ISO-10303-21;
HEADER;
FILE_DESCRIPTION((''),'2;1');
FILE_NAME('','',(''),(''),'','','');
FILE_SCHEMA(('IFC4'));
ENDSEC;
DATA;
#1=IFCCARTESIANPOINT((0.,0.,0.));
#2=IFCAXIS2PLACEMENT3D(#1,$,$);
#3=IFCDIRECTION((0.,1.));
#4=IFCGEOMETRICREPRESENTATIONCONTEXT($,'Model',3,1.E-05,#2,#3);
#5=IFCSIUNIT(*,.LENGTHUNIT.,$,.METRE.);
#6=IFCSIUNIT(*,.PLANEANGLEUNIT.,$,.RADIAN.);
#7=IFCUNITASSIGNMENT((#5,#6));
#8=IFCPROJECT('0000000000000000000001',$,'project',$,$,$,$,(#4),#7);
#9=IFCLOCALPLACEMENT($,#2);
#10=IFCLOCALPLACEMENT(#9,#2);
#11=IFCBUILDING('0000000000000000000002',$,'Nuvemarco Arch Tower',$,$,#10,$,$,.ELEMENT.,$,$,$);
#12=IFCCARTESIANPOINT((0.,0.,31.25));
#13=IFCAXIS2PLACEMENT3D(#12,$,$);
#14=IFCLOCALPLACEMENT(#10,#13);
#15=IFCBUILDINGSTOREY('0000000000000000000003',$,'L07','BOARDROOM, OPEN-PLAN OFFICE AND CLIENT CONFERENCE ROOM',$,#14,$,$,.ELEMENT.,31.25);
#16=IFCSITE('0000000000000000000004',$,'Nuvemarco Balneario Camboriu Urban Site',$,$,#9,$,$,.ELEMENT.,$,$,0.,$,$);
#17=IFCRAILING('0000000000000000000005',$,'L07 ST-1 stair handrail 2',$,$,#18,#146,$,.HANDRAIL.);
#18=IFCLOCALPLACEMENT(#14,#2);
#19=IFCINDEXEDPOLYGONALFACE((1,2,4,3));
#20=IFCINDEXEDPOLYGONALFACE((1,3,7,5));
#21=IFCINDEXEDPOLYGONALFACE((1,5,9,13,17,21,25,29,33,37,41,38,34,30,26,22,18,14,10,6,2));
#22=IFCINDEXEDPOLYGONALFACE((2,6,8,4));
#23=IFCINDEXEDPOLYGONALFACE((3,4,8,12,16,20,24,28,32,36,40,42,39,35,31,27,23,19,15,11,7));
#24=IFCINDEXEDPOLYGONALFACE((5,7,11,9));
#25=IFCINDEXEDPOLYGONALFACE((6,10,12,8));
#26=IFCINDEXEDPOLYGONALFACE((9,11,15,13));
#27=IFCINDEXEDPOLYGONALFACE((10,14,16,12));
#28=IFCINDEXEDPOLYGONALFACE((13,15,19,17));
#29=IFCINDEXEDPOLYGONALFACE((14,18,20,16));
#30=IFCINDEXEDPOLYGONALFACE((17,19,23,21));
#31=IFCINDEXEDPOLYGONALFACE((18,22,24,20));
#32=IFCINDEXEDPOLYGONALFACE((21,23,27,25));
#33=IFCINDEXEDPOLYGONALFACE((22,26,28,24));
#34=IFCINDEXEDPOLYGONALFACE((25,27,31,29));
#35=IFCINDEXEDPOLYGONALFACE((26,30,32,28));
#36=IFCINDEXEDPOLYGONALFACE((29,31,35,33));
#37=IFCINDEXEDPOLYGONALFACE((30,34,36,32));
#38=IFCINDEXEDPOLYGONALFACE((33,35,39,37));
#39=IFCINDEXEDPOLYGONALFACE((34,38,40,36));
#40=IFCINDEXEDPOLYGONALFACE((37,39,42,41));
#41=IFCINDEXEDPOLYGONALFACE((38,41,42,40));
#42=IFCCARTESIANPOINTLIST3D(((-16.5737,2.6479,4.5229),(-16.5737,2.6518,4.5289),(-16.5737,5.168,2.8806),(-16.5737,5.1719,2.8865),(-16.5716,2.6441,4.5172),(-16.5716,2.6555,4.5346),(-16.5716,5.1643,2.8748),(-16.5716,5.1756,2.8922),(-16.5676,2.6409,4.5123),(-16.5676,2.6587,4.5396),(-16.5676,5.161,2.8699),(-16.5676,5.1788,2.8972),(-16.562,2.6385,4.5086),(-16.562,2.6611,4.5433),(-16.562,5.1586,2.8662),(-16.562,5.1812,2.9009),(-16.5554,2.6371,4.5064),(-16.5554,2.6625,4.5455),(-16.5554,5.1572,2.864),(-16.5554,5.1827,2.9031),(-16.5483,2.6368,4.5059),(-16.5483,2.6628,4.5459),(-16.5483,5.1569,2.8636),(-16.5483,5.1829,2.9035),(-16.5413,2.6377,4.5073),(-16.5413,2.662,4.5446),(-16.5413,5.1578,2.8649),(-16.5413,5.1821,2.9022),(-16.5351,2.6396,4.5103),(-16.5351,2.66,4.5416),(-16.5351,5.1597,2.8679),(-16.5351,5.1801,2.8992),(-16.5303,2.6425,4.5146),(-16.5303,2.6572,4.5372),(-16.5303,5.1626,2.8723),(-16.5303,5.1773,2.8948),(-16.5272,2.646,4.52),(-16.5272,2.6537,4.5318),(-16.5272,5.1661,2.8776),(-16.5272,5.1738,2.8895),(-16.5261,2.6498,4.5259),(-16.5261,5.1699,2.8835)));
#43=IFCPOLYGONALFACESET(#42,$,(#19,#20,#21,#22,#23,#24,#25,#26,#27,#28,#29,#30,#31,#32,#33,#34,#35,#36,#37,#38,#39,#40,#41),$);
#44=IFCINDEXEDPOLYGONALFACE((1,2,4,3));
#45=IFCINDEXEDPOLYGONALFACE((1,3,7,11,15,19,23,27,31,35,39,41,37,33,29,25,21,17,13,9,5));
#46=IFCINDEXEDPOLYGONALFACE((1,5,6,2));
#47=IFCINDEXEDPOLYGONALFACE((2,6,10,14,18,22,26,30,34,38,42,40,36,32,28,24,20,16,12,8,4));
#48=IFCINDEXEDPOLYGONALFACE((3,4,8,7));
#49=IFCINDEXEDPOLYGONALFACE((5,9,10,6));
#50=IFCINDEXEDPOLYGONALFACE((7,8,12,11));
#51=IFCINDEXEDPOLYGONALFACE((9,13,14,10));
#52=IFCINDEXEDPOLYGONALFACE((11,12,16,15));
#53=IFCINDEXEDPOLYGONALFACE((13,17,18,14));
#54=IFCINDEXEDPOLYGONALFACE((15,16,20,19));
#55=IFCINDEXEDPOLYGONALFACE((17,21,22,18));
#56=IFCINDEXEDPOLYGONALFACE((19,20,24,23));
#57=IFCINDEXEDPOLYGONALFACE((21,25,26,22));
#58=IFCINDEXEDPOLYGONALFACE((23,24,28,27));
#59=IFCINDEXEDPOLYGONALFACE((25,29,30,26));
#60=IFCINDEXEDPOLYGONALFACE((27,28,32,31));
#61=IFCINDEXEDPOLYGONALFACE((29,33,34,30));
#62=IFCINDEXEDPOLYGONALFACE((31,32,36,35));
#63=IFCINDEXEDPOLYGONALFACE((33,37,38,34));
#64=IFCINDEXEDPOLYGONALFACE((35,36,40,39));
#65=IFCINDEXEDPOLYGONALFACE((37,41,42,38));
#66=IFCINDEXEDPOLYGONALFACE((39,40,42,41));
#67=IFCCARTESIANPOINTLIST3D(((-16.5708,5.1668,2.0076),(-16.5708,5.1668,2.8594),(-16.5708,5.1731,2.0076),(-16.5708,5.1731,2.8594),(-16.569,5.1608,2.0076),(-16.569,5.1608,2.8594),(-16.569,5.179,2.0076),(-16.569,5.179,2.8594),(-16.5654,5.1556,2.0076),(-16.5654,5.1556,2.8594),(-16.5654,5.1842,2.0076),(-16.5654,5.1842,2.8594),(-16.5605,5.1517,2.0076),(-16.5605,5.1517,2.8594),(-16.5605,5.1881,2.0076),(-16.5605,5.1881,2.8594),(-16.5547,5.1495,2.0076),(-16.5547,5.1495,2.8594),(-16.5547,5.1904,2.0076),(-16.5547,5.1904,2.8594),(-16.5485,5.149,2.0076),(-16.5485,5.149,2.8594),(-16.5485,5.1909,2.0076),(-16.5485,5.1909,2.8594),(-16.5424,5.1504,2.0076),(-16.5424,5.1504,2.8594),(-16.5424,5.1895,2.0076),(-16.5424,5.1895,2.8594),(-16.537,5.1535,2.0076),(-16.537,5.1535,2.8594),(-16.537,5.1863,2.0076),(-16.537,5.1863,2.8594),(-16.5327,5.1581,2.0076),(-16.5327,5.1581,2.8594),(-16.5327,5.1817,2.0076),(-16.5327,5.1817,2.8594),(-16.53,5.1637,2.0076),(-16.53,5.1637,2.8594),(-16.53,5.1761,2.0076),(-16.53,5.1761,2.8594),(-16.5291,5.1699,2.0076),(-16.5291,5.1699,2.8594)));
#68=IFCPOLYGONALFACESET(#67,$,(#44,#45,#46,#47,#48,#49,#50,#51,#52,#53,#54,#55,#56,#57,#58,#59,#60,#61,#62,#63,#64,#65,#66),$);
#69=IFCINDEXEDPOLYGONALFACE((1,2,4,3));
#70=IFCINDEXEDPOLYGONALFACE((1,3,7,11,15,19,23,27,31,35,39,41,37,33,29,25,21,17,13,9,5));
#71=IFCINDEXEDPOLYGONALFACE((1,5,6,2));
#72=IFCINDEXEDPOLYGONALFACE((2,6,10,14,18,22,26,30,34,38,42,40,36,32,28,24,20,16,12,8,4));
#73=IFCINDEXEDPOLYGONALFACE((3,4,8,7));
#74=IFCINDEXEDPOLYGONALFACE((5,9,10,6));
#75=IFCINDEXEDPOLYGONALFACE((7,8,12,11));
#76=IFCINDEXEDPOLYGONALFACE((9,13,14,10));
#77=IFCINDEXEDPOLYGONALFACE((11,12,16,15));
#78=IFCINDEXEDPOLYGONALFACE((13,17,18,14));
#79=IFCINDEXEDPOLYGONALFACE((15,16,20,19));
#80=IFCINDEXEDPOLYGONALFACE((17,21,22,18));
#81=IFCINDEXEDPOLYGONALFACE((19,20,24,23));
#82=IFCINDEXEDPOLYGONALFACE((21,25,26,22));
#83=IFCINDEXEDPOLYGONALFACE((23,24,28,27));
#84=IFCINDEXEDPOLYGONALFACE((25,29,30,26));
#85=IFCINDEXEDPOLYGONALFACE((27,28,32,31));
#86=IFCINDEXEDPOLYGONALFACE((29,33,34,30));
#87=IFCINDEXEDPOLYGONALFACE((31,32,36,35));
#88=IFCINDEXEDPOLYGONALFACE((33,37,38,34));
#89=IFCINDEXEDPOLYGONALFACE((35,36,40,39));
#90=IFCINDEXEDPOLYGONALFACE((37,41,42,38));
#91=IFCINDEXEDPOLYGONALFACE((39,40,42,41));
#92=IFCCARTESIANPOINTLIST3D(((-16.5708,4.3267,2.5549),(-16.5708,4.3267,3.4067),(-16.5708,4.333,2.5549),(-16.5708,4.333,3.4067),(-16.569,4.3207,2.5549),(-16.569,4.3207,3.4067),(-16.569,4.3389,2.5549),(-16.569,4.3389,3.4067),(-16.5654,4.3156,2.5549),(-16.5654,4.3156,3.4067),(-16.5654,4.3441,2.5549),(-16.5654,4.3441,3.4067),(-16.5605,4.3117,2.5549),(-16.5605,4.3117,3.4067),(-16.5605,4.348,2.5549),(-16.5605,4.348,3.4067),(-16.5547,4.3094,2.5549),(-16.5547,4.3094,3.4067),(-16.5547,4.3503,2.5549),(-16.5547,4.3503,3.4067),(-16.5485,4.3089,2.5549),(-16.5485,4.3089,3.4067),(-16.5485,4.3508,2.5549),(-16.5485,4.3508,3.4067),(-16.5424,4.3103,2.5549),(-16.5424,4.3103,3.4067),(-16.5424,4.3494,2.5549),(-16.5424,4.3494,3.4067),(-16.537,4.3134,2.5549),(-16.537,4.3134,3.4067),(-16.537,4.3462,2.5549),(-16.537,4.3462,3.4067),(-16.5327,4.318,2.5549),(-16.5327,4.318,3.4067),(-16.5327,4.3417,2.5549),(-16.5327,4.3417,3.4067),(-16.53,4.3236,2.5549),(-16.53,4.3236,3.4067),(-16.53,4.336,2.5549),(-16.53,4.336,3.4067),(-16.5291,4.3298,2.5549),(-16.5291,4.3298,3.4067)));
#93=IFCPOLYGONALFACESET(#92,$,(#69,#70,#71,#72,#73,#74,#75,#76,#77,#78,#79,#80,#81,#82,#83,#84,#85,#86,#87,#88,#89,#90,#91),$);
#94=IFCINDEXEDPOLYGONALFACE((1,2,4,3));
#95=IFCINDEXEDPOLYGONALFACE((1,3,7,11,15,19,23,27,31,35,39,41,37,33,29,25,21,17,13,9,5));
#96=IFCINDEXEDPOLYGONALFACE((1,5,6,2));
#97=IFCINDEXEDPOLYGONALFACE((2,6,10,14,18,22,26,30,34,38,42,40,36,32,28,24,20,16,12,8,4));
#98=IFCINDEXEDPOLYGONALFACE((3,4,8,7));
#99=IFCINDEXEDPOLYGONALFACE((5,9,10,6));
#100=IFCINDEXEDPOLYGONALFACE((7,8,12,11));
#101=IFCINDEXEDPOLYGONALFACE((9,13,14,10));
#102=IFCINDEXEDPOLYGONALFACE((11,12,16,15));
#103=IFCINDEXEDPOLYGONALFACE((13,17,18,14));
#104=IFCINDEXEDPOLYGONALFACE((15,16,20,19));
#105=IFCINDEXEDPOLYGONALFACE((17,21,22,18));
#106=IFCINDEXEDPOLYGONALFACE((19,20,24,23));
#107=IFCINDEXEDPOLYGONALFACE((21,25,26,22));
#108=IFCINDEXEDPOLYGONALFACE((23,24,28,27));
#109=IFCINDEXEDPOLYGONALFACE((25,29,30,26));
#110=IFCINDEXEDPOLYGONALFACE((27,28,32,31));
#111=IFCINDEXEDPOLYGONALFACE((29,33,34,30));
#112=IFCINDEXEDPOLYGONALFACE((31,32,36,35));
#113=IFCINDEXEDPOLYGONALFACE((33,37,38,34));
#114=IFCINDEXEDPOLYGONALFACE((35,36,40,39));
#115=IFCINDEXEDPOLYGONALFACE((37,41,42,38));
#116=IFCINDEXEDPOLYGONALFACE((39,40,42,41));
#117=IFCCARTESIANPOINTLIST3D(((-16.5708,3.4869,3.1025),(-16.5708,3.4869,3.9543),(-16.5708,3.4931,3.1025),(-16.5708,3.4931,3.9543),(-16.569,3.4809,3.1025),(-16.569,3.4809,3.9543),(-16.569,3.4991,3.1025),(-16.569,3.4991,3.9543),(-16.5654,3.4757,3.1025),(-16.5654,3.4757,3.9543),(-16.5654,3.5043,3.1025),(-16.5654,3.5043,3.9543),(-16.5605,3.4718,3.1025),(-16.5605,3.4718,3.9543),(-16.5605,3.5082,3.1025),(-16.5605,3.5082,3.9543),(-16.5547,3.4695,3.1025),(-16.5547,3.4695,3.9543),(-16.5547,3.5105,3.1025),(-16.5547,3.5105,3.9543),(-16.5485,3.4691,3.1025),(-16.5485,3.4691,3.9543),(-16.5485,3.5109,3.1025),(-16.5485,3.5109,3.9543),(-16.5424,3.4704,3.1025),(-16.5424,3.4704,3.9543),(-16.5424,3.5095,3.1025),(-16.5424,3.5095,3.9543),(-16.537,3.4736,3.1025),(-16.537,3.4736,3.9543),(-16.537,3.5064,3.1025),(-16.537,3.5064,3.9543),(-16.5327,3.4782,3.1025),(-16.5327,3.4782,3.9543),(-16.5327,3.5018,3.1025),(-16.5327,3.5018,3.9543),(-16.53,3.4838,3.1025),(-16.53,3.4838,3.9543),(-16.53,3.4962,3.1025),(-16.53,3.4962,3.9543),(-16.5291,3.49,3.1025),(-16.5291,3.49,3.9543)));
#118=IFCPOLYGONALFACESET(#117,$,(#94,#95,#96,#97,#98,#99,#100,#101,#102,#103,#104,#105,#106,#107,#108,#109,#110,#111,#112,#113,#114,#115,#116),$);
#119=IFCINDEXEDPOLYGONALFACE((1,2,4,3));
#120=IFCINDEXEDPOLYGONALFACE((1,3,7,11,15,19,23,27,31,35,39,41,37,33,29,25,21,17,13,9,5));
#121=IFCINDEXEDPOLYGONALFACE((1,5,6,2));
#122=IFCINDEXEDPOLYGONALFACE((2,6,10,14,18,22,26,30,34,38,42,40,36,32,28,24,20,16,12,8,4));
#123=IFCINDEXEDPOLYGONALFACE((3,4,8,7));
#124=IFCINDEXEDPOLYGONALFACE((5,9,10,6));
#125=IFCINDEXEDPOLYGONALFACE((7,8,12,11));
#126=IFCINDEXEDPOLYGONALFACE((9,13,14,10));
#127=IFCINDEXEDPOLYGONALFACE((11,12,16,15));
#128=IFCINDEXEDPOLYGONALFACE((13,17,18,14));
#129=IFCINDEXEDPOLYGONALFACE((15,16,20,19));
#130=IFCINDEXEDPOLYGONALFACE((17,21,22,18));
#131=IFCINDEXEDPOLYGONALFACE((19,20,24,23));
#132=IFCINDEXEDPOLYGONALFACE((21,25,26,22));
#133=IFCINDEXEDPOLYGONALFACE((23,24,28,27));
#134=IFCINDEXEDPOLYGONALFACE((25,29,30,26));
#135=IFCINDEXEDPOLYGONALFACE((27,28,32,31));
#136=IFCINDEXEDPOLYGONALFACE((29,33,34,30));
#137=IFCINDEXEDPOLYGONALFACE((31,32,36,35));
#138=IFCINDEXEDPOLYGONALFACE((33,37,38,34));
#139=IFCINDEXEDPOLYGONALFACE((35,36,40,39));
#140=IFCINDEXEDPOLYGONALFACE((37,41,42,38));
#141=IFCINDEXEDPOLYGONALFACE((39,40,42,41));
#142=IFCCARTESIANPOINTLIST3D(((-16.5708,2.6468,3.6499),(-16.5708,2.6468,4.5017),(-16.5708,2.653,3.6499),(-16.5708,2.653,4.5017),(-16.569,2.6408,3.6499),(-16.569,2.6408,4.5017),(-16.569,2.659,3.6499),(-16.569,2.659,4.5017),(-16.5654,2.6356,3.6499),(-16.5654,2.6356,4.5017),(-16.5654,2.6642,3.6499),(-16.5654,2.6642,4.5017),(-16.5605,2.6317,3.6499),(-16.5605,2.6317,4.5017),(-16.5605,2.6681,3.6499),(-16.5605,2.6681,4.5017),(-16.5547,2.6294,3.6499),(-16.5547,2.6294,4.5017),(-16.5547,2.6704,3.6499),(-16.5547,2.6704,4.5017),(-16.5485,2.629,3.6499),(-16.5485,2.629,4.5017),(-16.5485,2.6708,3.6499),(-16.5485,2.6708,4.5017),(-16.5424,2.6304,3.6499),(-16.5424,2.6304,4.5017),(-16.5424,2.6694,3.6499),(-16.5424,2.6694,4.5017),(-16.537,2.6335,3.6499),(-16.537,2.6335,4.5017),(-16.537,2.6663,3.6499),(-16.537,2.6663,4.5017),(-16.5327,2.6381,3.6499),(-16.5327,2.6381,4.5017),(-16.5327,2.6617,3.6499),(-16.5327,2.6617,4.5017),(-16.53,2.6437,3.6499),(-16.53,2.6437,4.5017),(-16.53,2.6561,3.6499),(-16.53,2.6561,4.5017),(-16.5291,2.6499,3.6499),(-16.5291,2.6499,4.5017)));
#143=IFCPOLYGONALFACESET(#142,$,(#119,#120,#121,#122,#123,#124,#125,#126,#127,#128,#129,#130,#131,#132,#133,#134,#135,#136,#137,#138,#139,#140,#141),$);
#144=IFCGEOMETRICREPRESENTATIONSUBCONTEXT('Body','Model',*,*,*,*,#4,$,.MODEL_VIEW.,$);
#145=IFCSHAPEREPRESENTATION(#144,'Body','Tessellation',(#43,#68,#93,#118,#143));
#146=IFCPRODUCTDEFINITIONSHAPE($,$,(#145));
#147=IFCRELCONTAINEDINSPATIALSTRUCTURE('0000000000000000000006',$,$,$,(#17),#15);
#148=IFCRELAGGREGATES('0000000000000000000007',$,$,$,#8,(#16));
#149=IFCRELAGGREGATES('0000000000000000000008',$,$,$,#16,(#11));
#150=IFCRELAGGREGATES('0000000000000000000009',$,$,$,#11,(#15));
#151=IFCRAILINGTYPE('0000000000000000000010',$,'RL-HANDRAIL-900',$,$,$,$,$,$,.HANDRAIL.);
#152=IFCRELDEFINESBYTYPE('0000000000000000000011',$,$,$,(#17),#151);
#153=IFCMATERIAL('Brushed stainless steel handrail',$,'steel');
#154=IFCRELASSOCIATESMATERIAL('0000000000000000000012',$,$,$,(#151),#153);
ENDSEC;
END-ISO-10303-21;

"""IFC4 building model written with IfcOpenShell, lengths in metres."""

from ifc_helpers import new_model, si_unit, direction, frame, origin, origin_2d, place, context, subcontext, project, spatial, circle, extrude, material, type_object, element, save


model = new_model("IFC4")

# Units and contexts
model_context = context("Model", 3, precision=1e-05, world=origin(), true_north=direction((0.0, 1.0)))
body_context = subcontext(model_context, "Body", "Model", "MODEL_VIEW")
ifc_project = project(units=[si_unit("LENGTHUNIT", "METRE"), si_unit("PLANEANGLEUNIT", "RADIAN")], contexts=[model_context])

# Site, building, storey
site_placement = place(None, origin())
site = spatial("IfcSite", under=ifc_project, at=site_placement, Name="Nuvemarco Balneario Camboriu Urban Site", CompositionType="ELEMENT", RefElevation=0.0)
building_placement = place(site_placement, origin())
building = spatial("IfcBuilding", under=site, at=building_placement, Name="Nuvemarco Arch Tower", CompositionType="ELEMENT")
storey_placement = place(building_placement, frame((0.0, 0.0, 31.25)))
storey = spatial("IfcBuildingStorey", under=building, at=storey_placement, Name="L07", Description="BOARDROOM, OPEN-PLAN OFFICE AND CLIENT CONFERENCE ROOM", CompositionType="ELEMENT", Elevation=31.25)

# Railing
ifc_material_1 = material(Name="Brushed stainless steel handrail", Category="steel")
railing_type_1 = type_object("IfcRailingType", Name="RL-HANDRAIL-900", PredefinedType="HANDRAIL", material=ifc_material_1)
railing_1_placement = place(storey_placement, frame((-16.55, 5.1699, 2.0076)))
element("IfcRailing", 1, at=railing_1_placement, inside=storey, type_object=railing_type_1, Name="L07 ST-1 stair handrail 2", PredefinedType="HANDRAIL", context=body_context, shape_type="SweptSolid", body=[
    extrude(circle(Radius=0.0239, at=origin_2d()), frame((0.0, 0.0, 0.876), z_axis=(0.0, -0.837787, 0.545998), x_axis=(1.0, 0.0, 0.0)), (0.0, 0.0, 1.0), 3.0081),
    extrude(circle(Radius=0.021, at=origin_2d()), origin(), (0.0, 0.0, 1.0), 0.8518),
    extrude(circle(Radius=0.021, at=origin_2d()), frame((0.0, -0.8401, 0.5474)), (0.0, 0.0, 1.0), 0.8518),
    extrude(circle(Radius=0.021, at=origin_2d()), frame((0.0, -1.6799, 1.095)), (0.0, 0.0, 1.0), 0.8518),
    extrude(circle(Radius=0.021, at=origin_2d()), frame((0.0, -2.52, 1.6423)), (0.0, 0.0, 1.0), 0.8518),
])

save(model, "model.ifc")
